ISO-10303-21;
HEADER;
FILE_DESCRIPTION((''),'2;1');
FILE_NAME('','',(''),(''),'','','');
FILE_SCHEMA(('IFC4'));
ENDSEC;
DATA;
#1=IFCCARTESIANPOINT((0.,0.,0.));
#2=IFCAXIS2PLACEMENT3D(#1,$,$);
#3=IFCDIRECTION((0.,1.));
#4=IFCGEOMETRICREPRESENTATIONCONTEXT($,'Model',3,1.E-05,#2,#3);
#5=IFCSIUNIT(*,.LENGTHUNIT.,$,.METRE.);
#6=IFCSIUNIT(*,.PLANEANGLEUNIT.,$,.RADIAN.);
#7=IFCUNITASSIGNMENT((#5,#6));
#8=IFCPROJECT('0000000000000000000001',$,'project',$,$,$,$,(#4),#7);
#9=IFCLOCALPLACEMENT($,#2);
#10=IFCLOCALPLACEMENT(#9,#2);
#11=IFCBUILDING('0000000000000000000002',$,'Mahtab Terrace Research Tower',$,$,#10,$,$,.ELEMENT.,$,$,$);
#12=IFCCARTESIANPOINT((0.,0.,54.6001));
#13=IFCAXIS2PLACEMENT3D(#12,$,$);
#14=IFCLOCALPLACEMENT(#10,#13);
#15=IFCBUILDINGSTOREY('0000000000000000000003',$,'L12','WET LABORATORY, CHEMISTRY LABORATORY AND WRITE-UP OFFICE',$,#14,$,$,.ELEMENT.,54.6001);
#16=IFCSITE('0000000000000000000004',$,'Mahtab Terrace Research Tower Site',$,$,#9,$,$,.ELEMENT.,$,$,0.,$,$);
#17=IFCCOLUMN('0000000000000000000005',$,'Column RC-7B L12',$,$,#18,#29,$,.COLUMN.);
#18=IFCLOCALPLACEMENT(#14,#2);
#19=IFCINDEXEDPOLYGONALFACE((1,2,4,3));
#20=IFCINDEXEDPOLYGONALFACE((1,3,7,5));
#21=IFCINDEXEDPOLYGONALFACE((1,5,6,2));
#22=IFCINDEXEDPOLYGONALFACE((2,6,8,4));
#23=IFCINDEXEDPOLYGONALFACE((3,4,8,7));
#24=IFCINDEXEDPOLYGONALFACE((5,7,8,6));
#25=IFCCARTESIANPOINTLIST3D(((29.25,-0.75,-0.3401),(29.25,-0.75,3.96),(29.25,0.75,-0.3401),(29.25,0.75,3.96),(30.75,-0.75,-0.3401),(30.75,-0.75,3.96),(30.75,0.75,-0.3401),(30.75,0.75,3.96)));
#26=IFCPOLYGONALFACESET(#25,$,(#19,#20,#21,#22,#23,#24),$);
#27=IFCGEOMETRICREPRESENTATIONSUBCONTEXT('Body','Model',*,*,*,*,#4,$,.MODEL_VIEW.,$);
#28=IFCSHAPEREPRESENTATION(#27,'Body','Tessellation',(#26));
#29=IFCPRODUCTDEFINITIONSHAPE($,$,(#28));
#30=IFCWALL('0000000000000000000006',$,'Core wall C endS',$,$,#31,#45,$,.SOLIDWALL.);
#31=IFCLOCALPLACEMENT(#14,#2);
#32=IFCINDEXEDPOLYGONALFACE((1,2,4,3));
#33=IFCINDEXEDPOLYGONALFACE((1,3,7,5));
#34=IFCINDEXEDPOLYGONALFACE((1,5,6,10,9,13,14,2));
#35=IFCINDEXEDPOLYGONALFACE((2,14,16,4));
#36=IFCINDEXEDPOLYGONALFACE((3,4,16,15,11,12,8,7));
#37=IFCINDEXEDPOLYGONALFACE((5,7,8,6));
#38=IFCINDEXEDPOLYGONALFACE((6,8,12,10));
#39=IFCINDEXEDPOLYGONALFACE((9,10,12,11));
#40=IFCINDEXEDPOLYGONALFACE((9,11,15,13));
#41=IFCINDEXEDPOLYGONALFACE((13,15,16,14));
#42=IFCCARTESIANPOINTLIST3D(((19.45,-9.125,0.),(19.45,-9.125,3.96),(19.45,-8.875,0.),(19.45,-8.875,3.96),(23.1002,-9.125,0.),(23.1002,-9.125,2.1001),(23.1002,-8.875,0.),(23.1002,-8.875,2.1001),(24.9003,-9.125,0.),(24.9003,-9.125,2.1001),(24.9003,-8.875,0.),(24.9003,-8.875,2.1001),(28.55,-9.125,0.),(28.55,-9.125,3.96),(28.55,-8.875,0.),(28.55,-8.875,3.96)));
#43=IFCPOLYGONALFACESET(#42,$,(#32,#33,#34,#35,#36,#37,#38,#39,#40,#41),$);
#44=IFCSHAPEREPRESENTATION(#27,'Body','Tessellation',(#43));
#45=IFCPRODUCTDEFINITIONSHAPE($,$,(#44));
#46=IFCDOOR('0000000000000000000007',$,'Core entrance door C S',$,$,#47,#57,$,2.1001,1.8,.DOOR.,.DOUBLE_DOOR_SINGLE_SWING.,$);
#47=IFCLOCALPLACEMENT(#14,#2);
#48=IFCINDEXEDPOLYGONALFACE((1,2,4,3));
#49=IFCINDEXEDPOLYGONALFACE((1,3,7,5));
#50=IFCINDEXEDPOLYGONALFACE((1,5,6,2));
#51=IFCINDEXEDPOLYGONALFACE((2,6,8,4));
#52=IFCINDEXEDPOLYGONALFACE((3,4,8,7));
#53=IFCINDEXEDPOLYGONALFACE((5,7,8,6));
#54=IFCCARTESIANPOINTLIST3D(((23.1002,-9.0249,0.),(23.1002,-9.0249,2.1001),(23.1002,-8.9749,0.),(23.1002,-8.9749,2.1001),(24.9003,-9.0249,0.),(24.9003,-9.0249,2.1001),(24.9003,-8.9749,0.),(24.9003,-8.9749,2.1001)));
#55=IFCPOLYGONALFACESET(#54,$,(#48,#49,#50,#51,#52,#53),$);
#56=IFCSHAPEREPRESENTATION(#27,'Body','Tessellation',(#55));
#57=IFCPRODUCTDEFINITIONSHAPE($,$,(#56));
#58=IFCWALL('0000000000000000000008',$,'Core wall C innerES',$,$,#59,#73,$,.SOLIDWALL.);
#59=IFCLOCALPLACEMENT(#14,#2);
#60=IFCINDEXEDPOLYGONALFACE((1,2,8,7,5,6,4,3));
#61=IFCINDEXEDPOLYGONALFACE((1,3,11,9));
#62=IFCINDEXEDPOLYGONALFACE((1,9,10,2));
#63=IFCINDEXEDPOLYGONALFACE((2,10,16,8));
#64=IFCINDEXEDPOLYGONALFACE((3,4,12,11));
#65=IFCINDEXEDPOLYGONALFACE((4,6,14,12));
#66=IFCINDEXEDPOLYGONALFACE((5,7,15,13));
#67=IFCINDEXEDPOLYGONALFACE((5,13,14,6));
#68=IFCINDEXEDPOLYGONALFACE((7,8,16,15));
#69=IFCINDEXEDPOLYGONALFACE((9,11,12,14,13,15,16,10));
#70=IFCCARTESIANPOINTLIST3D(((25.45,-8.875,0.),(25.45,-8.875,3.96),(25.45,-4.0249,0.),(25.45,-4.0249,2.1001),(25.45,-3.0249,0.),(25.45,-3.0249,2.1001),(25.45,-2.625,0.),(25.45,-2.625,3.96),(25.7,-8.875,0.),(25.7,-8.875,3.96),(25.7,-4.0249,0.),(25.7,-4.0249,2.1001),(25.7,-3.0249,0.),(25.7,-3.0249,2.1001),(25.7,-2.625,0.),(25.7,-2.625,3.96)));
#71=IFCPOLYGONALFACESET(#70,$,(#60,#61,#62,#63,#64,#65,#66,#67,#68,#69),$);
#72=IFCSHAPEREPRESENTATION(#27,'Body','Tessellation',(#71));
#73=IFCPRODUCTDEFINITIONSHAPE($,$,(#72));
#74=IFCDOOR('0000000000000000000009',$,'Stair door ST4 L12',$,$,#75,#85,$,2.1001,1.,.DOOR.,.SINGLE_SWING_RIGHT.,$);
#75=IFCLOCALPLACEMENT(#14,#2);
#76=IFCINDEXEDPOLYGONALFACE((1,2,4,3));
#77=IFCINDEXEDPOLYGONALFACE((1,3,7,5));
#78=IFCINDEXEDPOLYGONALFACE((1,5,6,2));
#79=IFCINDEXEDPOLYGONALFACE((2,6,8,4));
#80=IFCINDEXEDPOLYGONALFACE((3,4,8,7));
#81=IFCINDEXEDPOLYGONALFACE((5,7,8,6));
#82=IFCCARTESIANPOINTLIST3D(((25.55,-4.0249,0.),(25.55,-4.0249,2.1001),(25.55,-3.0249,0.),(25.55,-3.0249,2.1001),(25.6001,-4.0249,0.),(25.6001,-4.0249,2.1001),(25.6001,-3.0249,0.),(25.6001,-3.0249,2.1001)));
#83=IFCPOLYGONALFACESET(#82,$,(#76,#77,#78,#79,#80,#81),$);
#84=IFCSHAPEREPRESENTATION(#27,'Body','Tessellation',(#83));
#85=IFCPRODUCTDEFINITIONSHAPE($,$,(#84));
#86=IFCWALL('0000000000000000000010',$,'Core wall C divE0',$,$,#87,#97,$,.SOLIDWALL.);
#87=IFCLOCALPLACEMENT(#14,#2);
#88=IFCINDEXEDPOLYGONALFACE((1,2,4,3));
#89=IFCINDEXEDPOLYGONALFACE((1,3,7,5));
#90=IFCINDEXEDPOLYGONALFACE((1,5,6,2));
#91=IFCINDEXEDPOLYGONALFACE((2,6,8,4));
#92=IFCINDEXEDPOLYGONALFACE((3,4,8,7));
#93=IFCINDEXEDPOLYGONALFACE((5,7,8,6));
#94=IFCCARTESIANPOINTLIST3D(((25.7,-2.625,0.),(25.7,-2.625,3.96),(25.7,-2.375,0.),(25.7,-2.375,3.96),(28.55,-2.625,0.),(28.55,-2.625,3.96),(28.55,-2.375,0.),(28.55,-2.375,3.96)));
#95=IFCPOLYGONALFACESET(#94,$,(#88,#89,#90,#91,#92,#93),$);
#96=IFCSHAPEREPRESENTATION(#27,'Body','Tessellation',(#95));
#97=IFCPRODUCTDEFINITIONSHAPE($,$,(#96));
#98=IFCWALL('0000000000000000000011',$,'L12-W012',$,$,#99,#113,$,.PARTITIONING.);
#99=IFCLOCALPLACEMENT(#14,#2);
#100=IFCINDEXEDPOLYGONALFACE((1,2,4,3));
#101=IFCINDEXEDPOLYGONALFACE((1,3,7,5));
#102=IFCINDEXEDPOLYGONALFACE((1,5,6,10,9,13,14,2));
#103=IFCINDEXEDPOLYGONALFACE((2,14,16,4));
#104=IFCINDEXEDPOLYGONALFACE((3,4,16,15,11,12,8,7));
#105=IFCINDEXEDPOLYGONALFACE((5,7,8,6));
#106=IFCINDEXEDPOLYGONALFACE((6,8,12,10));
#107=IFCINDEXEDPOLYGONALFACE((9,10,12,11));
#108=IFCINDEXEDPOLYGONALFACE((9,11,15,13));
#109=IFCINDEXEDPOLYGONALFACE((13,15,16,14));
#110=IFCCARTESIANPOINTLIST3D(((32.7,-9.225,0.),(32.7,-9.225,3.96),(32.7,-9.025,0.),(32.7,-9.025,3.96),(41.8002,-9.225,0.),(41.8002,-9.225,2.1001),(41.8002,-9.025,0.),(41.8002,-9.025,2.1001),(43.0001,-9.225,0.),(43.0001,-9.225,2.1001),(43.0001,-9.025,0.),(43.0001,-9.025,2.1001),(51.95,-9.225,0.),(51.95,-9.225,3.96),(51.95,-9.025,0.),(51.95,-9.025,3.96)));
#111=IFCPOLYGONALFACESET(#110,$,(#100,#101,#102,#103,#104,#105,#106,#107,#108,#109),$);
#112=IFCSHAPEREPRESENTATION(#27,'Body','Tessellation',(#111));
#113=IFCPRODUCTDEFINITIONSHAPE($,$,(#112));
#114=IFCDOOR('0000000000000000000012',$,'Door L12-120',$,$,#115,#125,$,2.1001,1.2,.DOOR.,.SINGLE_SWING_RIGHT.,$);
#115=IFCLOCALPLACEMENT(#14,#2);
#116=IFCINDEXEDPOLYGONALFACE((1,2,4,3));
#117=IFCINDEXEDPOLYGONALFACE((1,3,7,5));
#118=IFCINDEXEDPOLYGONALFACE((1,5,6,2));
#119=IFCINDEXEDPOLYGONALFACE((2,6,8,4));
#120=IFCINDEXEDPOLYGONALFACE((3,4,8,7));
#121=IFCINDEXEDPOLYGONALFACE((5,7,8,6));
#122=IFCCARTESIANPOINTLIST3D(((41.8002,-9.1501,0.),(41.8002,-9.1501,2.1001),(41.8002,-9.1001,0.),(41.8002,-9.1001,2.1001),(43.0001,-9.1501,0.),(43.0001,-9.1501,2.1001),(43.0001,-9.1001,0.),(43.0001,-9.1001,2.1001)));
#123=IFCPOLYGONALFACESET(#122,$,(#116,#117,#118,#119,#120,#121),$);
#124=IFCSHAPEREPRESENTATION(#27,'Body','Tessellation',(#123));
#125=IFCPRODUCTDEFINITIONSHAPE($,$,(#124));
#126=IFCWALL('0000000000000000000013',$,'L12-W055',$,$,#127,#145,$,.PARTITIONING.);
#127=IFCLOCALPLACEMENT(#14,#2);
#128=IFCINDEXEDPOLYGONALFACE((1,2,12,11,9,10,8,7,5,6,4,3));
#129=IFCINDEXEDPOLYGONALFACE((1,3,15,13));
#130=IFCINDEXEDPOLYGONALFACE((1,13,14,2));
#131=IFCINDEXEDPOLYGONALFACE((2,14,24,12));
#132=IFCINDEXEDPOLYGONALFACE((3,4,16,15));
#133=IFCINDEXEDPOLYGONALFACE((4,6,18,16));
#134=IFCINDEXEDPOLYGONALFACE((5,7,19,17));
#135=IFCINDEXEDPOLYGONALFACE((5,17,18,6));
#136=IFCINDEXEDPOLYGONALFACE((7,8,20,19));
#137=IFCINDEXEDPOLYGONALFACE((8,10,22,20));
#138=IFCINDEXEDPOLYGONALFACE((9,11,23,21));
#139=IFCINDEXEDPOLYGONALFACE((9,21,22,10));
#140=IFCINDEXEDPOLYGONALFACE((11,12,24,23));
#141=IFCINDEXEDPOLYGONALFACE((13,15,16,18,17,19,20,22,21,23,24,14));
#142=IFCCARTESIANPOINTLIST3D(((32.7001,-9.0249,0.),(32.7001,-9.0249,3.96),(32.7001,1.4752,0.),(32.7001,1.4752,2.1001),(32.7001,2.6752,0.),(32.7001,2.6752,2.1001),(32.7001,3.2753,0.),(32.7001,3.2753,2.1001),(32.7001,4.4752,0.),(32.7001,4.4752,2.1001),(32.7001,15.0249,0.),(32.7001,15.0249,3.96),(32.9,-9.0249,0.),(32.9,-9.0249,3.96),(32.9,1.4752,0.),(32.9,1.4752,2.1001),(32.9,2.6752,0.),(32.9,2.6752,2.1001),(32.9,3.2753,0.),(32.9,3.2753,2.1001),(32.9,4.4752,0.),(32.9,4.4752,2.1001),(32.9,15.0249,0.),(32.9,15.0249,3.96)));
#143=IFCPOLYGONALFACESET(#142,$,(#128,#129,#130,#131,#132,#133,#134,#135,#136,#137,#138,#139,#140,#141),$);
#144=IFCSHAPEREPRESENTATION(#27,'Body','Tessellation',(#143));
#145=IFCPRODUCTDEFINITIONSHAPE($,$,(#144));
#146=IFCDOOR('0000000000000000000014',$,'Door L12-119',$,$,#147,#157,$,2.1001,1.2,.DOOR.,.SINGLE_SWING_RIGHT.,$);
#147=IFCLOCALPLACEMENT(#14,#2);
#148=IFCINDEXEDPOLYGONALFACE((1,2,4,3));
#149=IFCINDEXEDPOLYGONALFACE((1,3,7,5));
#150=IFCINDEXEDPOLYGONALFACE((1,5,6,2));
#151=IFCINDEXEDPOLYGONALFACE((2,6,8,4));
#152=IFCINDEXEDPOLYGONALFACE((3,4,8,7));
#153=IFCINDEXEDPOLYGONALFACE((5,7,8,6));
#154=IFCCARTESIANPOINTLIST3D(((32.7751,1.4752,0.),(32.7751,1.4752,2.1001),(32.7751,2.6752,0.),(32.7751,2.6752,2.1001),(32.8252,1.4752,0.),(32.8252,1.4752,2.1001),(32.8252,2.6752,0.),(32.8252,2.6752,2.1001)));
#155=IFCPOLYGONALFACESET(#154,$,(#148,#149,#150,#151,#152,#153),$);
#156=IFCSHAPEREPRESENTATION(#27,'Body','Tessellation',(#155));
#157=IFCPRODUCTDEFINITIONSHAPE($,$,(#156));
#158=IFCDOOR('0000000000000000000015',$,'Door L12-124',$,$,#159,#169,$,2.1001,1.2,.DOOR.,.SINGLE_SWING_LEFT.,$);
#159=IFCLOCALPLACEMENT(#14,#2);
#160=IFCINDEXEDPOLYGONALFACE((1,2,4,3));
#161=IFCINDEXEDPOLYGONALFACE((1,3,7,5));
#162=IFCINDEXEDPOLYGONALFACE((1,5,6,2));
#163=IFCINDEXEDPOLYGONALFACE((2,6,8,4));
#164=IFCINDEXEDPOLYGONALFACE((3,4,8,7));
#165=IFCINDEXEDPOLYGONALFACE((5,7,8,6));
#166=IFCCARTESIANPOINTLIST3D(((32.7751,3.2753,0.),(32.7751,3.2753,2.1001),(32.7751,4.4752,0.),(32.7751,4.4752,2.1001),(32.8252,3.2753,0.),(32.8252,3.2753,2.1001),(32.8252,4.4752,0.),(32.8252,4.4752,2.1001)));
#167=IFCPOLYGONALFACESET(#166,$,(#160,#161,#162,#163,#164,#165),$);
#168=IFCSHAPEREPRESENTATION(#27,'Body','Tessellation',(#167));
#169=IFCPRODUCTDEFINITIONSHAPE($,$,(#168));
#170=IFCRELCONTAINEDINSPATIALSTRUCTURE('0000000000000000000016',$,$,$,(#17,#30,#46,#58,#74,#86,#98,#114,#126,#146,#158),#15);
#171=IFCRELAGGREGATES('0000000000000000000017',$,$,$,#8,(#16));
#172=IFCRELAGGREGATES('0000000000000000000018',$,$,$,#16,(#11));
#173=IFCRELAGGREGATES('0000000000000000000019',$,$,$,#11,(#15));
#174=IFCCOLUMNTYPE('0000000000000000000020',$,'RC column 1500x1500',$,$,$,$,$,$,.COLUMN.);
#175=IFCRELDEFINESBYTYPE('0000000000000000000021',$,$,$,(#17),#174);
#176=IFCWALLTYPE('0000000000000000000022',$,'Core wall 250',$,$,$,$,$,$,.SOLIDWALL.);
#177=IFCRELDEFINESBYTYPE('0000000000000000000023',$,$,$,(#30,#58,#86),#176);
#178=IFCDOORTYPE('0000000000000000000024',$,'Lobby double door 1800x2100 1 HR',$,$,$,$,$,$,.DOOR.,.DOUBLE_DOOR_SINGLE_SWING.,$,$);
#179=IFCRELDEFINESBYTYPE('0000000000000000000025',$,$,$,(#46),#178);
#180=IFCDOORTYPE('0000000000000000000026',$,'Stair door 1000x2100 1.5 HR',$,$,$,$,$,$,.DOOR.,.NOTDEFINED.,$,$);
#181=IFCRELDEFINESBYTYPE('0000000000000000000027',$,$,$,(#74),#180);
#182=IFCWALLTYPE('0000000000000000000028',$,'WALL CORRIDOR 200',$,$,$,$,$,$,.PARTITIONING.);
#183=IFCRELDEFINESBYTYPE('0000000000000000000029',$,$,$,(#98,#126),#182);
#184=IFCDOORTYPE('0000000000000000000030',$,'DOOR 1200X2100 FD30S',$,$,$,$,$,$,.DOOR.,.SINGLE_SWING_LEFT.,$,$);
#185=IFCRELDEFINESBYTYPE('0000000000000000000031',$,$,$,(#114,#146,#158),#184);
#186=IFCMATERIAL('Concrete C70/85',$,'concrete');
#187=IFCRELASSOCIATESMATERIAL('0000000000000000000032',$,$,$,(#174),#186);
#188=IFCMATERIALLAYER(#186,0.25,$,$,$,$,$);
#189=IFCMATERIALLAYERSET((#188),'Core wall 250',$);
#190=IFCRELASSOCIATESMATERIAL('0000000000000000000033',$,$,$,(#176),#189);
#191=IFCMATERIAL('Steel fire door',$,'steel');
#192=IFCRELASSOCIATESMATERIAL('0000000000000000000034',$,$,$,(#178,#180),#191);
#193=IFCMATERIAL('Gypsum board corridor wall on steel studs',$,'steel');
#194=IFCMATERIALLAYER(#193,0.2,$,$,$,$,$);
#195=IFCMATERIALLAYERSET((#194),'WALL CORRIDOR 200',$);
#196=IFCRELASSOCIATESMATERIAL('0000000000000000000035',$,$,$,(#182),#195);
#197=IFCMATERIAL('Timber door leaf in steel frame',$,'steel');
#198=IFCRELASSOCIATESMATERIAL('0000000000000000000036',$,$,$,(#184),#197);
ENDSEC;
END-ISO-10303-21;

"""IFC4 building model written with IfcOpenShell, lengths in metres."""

from ifc_helpers import new_model, si_unit, direction, frame, frame_2d, origin, origin_2d, place, context, subcontext, project, spatial, rectangle, extrude, material, layer, layer_set, material_profile, profile_set, type_object, element, fill, save


model = new_model("IFC4")

# Units and contexts
model_context = context("Model", 3, precision=1e-05, world=origin(), true_north=direction((0.0, 1.0)))
body_context = subcontext(model_context, "Body", "Model", "MODEL_VIEW")
ifc_project = project(units=[si_unit("LENGTHUNIT", "METRE"), si_unit("PLANEANGLEUNIT", "RADIAN")], contexts=[model_context])

# Site, building, storey
site_placement = place(None, origin())
site = spatial("IfcSite", under=ifc_project, at=site_placement, Name="Mahtab Terrace Research Tower Site", CompositionType="ELEMENT", RefElevation=0.0)
building_placement = place(site_placement, origin())
building = spatial("IfcBuilding", under=site, at=building_placement, Name="Mahtab Terrace Research Tower", CompositionType="ELEMENT")
storey_placement = place(building_placement, frame((0.0, 0.0, 54.6001)))
storey = spatial("IfcBuildingStorey", under=building, at=storey_placement, Name="L12", Description="WET LABORATORY, CHEMISTRY LABORATORY AND WRITE-UP OFFICE", CompositionType="ELEMENT", Elevation=54.6001)

# Column
ifc_material_1 = material(Name="Concrete C70/85", Category="concrete")
ifc_material_profile = material_profile(ifc_material_1, rectangle(XDim=1.5, YDim=1.5, at=origin_2d()), Name="RC column 1500x1500")
ifc_profile_set = profile_set([ifc_material_profile], Name="Concrete C70/85")
column_type = type_object("IfcColumnType", Name="RC column 1500x1500", PredefinedType="COLUMN", material=ifc_profile_set)
column_placement = place(storey_placement, frame((30.0, 0.0, -0.3401), z_axis=(0.0, 0.0, 1.0), x_axis=(1.0, 0.0, 0.0)))
element("IfcColumn", 1, at=column_placement, inside=storey, type_object=column_type, Name="Column RC-7B L12", PredefinedType="COLUMN", context=body_context, shape_type="SweptSolid", body=[
    extrude(rectangle(XDim=1.5, YDim=1.5, at=origin_2d()), origin(), (0.0, 0.0, 1.0), 4.3),
])

# Walls, openings, doors
ifc_layer_1 = layer(ifc_material_1, 0.25)
ifc_layer_set_1 = layer_set([ifc_layer_1], Name="Core wall 250")
wall_type_1 = type_object("IfcWallType", Name="Core wall 250", PredefinedType="SOLIDWALL", material=ifc_layer_set_1)
wall_1_placement = place(storey_placement, frame((28.55, -9.0, 0.0), z_axis=(0.0, 0.0, 1.0), x_axis=(-1.0, 0.0, 0.0)))
wall_1 = element("IfcWall", 2, at=wall_1_placement, inside=storey, type_object=wall_type_1, Name="Core wall C endS", PredefinedType="SOLIDWALL", context=body_context, shape_type="SweptSolid", body=[
    extrude(rectangle(XDim=9.1001, YDim=0.25, at=frame_2d((4.55, 0.0))), origin(), (0.0, 0.0, 1.0), 3.96),
])
opening_1_placement = place(wall_1_placement, frame((3.6499, 0.0, 0.0)))
opening_1 = element("IfcOpeningElement", 3, at=opening_1_placement, cuts=wall_1, PredefinedType="OPENING", context=body_context, shape_type="SweptSolid", body=[
    extrude(rectangle(XDim=1.8, YDim=2.1001, at=frame_2d((0.8999, 1.05))), frame((0.0, 0.135, 0.0), z_axis=(0.0, -1.0, 0.0), x_axis=(1.0, 0.0, 0.0)), (0.0, 0.0, 1.0), 0.27),
])
ifc_material_2 = material(Name="Steel fire door", Category="steel")
door_type_1 = type_object("IfcDoorType", Name="Lobby double door 1800x2100 1 HR", OperationType="DOUBLE_DOOR_SINGLE_SWING", PredefinedType="DOOR", material=ifc_material_2)
door_1_placement = place(opening_1_placement, origin())
door_1 = element("IfcDoor", 4, at=door_1_placement, inside=storey, type_object=door_type_1, Name="Core entrance door C S", OperationType="DOUBLE_DOOR_SINGLE_SWING", OverallHeight=2.1001, OverallWidth=1.8, PredefinedType="DOOR", context=body_context, shape_type="SweptSolid", body=[
    extrude(rectangle(XDim=1.8, YDim=2.1001, at=frame_2d((0.8999, 1.05))), frame((0.0, 0.0249, 0.0), z_axis=(0.0, -1.0, 0.0), x_axis=(1.0, 0.0, 0.0)), (0.0, 0.0, 1.0), 0.05),
])
fill(opening_1, door_1)
wall_2_placement = place(storey_placement, frame((25.575, -8.875, 0.0), z_axis=(0.0, 0.0, 1.0), x_axis=(0.0, 1.0, 0.0)))
wall_2 = element("IfcWall", 5, at=wall_2_placement, inside=storey, type_object=wall_type_1, Name="Core wall C innerES", PredefinedType="SOLIDWALL", context=body_context, shape_type="SweptSolid", body=[
    extrude(rectangle(XDim=6.25, YDim=0.25, at=frame_2d((3.125, 0.0))), origin(), (0.0, 0.0, 1.0), 3.96),
])
opening_2_placement = place(wall_2_placement, frame((4.8501, 0.0, 0.0)))
opening_2 = element("IfcOpeningElement", 6, at=opening_2_placement, cuts=wall_2, PredefinedType="OPENING", context=body_context, shape_type="SweptSolid", body=[
    extrude(rectangle(XDim=1.0, YDim=2.1001, at=frame_2d((0.5, 1.05))), frame((0.0, 0.135, 0.0), z_axis=(0.0, -1.0, 0.0), x_axis=(1.0, 0.0, 0.0)), (0.0, 0.0, 1.0), 0.27),
])
door_type_2 = type_object("IfcDoorType", Name="Stair door 1000x2100 1.5 HR", OperationType="NOTDEFINED", PredefinedType="DOOR", material=ifc_material_2)
door_2_placement = place(opening_2_placement, origin())
door_2 = element("IfcDoor", 7, at=door_2_placement, inside=storey, type_object=door_type_2, Name="Stair door ST4 L12", OperationType="SINGLE_SWING_RIGHT", OverallHeight=2.1001, OverallWidth=1.0, PredefinedType="DOOR", context=body_context, shape_type="SweptSolid", body=[
    extrude(rectangle(XDim=1.0, YDim=2.1001, at=frame_2d((0.5, 1.05))), frame((0.0, 0.0249, 0.0), z_axis=(0.0, -1.0, 0.0), x_axis=(1.0, 0.0, 0.0)), (0.0, 0.0, 1.0), 0.05),
])
fill(opening_2, door_2)

# Wall
wall_3_placement = place(storey_placement, frame((25.7, -2.5, 0.0), z_axis=(0.0, 0.0, 1.0), x_axis=(1.0, 0.0, 0.0)))
element("IfcWall", 8, at=wall_3_placement, inside=storey, type_object=wall_type_1, Name="Core wall C divE0", PredefinedType="SOLIDWALL", context=body_context, shape_type="SweptSolid", body=[
    extrude(rectangle(XDim=2.8501, YDim=0.25, at=frame_2d((1.425, 0.0))), origin(), (0.0, 0.0, 1.0), 3.96),
])

# Wall, opening, door
ifc_material_3 = material(Name="Gypsum board corridor wall on steel studs", Category="steel")
ifc_layer_2 = layer(ifc_material_3, 0.2)
ifc_layer_set_2 = layer_set([ifc_layer_2], Name="WALL CORRIDOR 200")
wall_type_2 = type_object("IfcWallType", Name="WALL CORRIDOR 200", PredefinedType="PARTITIONING", material=ifc_layer_set_2)
wall_4_placement = place(storey_placement, frame((32.7, -9.125, 0.0), z_axis=(0.0, 0.0, 1.0), x_axis=(1.0, 0.0, 0.0)))
wall_4 = element("IfcWall", 9, at=wall_4_placement, inside=storey, type_object=wall_type_2, Name="L12-W012", PredefinedType="PARTITIONING", context=body_context, shape_type="SweptSolid", body=[
    extrude(rectangle(XDim=19.25, YDim=0.2, at=frame_2d((9.625, 0.0))), origin(), (0.0, 0.0, 1.0), 3.96),
])
opening_3_placement = place(wall_4_placement, frame((9.1001, 0.0, 0.0)))
opening_3 = element("IfcOpeningElement", 10, at=opening_3_placement, cuts=wall_4, PredefinedType="OPENING", context=body_context, shape_type="SweptSolid", body=[
    extrude(rectangle(XDim=1.2, YDim=2.1001, at=frame_2d((0.6001, 1.05))), frame((0.0, 0.1099, 0.0), z_axis=(0.0, -1.0, 0.0), x_axis=(1.0, 0.0, 0.0)), (0.0, 0.0, 1.0), 0.22),
])
ifc_material_4 = material(Name="Timber door leaf in steel frame", Category="steel")
door_type_3 = type_object("IfcDoorType", Name="DOOR 1200X2100 FD30S", OperationType="SINGLE_SWING_LEFT", PredefinedType="DOOR", material=ifc_material_4)
door_3_placement = place(opening_3_placement, origin())
door_3 = element("IfcDoor", 11, at=door_3_placement, inside=storey, type_object=door_type_3, Name="Door L12-120", OperationType="SINGLE_SWING_RIGHT", OverallHeight=2.1001, OverallWidth=1.2, PredefinedType="DOOR", context=body_context, shape_type="SweptSolid", body=[
    extrude(rectangle(XDim=1.2, YDim=2.1001, at=frame_2d((0.6001, 1.05))), frame((0.0, 0.0249, 0.0), z_axis=(0.0, -1.0, 0.0), x_axis=(1.0, 0.0, 0.0)), (0.0, 0.0, 1.0), 0.05),
])
fill(opening_3, door_3)

# Wall, openings, doors
wall_5_placement = place(storey_placement, frame((32.8, -9.0249, 0.0), z_axis=(0.0, 0.0, 1.0), x_axis=(0.0, 1.0, 0.0)))
wall_5 = element("IfcWall", 12, at=wall_5_placement, inside=storey, type_object=wall_type_2, Name="L12-W055", PredefinedType="PARTITIONING", context=body_context, shape_type="SweptSolid", body=[
    extrude(rectangle(XDim=24.0498, YDim=0.2, at=frame_2d((12.0249, 0.0))), origin(), (0.0, 0.0, 1.0), 3.96),
])
opening_4_placement = place(wall_5_placement, frame((10.5, 0.0, 0.0)))
opening_4 = element("IfcOpeningElement", 13, at=opening_4_placement, cuts=wall_5, PredefinedType="OPENING", context=body_context, shape_type="SweptSolid", body=[
    extrude(rectangle(XDim=1.2, YDim=2.1001, at=frame_2d((0.6001, 1.05))), frame((0.0, 0.1099, 0.0), z_axis=(0.0, -1.0, 0.0), x_axis=(1.0, 0.0, 0.0)), (0.0, 0.0, 1.0), 0.22),
])
opening_5_placement = place(wall_5_placement, frame((12.3, 0.0, 0.0)))
opening_5 = element("IfcOpeningElement", 14, at=opening_5_placement, cuts=wall_5, PredefinedType="OPENING", context=body_context, shape_type="SweptSolid", body=[
    extrude(rectangle(XDim=1.2, YDim=2.1001, at=frame_2d((0.6001, 1.05))), frame((0.0, 0.1099, 0.0), z_axis=(0.0, -1.0, 0.0), x_axis=(1.0, 0.0, 0.0)), (0.0, 0.0, 1.0), 0.22),
])
door_4_placement = place(opening_4_placement, origin())
door_4 = element("IfcDoor", 15, at=door_4_placement, inside=storey, type_object=door_type_3, Name="Door L12-119", OperationType="SINGLE_SWING_RIGHT", OverallHeight=2.1001, OverallWidth=1.2, PredefinedType="DOOR", context=body_context, shape_type="SweptSolid", body=[
    extrude(rectangle(XDim=1.2, YDim=2.1001, at=frame_2d((0.6001, 1.05))), frame((0.0, 0.0249, 0.0), z_axis=(0.0, -1.0, 0.0), x_axis=(1.0, 0.0, 0.0)), (0.0, 0.0, 1.0), 0.05),
])
fill(opening_4, door_4)
door_5_placement = place(opening_5_placement, origin())
door_5 = element("IfcDoor", 16, at=door_5_placement, inside=storey, type_object=door_type_3, Name="Door L12-124", OperationType="SINGLE_SWING_LEFT", OverallHeight=2.1001, OverallWidth=1.2, PredefinedType="DOOR", context=body_context, shape_type="SweptSolid", body=[
    extrude(rectangle(XDim=1.2, YDim=2.1001, at=frame_2d((0.6001, 1.05))), frame((0.0, 0.0249, 0.0), z_axis=(0.0, -1.0, 0.0), x_axis=(1.0, 0.0, 0.0)), (0.0, 0.0, 1.0), 0.05),
])
fill(opening_5, door_5)

save(model, "model.ifc")
